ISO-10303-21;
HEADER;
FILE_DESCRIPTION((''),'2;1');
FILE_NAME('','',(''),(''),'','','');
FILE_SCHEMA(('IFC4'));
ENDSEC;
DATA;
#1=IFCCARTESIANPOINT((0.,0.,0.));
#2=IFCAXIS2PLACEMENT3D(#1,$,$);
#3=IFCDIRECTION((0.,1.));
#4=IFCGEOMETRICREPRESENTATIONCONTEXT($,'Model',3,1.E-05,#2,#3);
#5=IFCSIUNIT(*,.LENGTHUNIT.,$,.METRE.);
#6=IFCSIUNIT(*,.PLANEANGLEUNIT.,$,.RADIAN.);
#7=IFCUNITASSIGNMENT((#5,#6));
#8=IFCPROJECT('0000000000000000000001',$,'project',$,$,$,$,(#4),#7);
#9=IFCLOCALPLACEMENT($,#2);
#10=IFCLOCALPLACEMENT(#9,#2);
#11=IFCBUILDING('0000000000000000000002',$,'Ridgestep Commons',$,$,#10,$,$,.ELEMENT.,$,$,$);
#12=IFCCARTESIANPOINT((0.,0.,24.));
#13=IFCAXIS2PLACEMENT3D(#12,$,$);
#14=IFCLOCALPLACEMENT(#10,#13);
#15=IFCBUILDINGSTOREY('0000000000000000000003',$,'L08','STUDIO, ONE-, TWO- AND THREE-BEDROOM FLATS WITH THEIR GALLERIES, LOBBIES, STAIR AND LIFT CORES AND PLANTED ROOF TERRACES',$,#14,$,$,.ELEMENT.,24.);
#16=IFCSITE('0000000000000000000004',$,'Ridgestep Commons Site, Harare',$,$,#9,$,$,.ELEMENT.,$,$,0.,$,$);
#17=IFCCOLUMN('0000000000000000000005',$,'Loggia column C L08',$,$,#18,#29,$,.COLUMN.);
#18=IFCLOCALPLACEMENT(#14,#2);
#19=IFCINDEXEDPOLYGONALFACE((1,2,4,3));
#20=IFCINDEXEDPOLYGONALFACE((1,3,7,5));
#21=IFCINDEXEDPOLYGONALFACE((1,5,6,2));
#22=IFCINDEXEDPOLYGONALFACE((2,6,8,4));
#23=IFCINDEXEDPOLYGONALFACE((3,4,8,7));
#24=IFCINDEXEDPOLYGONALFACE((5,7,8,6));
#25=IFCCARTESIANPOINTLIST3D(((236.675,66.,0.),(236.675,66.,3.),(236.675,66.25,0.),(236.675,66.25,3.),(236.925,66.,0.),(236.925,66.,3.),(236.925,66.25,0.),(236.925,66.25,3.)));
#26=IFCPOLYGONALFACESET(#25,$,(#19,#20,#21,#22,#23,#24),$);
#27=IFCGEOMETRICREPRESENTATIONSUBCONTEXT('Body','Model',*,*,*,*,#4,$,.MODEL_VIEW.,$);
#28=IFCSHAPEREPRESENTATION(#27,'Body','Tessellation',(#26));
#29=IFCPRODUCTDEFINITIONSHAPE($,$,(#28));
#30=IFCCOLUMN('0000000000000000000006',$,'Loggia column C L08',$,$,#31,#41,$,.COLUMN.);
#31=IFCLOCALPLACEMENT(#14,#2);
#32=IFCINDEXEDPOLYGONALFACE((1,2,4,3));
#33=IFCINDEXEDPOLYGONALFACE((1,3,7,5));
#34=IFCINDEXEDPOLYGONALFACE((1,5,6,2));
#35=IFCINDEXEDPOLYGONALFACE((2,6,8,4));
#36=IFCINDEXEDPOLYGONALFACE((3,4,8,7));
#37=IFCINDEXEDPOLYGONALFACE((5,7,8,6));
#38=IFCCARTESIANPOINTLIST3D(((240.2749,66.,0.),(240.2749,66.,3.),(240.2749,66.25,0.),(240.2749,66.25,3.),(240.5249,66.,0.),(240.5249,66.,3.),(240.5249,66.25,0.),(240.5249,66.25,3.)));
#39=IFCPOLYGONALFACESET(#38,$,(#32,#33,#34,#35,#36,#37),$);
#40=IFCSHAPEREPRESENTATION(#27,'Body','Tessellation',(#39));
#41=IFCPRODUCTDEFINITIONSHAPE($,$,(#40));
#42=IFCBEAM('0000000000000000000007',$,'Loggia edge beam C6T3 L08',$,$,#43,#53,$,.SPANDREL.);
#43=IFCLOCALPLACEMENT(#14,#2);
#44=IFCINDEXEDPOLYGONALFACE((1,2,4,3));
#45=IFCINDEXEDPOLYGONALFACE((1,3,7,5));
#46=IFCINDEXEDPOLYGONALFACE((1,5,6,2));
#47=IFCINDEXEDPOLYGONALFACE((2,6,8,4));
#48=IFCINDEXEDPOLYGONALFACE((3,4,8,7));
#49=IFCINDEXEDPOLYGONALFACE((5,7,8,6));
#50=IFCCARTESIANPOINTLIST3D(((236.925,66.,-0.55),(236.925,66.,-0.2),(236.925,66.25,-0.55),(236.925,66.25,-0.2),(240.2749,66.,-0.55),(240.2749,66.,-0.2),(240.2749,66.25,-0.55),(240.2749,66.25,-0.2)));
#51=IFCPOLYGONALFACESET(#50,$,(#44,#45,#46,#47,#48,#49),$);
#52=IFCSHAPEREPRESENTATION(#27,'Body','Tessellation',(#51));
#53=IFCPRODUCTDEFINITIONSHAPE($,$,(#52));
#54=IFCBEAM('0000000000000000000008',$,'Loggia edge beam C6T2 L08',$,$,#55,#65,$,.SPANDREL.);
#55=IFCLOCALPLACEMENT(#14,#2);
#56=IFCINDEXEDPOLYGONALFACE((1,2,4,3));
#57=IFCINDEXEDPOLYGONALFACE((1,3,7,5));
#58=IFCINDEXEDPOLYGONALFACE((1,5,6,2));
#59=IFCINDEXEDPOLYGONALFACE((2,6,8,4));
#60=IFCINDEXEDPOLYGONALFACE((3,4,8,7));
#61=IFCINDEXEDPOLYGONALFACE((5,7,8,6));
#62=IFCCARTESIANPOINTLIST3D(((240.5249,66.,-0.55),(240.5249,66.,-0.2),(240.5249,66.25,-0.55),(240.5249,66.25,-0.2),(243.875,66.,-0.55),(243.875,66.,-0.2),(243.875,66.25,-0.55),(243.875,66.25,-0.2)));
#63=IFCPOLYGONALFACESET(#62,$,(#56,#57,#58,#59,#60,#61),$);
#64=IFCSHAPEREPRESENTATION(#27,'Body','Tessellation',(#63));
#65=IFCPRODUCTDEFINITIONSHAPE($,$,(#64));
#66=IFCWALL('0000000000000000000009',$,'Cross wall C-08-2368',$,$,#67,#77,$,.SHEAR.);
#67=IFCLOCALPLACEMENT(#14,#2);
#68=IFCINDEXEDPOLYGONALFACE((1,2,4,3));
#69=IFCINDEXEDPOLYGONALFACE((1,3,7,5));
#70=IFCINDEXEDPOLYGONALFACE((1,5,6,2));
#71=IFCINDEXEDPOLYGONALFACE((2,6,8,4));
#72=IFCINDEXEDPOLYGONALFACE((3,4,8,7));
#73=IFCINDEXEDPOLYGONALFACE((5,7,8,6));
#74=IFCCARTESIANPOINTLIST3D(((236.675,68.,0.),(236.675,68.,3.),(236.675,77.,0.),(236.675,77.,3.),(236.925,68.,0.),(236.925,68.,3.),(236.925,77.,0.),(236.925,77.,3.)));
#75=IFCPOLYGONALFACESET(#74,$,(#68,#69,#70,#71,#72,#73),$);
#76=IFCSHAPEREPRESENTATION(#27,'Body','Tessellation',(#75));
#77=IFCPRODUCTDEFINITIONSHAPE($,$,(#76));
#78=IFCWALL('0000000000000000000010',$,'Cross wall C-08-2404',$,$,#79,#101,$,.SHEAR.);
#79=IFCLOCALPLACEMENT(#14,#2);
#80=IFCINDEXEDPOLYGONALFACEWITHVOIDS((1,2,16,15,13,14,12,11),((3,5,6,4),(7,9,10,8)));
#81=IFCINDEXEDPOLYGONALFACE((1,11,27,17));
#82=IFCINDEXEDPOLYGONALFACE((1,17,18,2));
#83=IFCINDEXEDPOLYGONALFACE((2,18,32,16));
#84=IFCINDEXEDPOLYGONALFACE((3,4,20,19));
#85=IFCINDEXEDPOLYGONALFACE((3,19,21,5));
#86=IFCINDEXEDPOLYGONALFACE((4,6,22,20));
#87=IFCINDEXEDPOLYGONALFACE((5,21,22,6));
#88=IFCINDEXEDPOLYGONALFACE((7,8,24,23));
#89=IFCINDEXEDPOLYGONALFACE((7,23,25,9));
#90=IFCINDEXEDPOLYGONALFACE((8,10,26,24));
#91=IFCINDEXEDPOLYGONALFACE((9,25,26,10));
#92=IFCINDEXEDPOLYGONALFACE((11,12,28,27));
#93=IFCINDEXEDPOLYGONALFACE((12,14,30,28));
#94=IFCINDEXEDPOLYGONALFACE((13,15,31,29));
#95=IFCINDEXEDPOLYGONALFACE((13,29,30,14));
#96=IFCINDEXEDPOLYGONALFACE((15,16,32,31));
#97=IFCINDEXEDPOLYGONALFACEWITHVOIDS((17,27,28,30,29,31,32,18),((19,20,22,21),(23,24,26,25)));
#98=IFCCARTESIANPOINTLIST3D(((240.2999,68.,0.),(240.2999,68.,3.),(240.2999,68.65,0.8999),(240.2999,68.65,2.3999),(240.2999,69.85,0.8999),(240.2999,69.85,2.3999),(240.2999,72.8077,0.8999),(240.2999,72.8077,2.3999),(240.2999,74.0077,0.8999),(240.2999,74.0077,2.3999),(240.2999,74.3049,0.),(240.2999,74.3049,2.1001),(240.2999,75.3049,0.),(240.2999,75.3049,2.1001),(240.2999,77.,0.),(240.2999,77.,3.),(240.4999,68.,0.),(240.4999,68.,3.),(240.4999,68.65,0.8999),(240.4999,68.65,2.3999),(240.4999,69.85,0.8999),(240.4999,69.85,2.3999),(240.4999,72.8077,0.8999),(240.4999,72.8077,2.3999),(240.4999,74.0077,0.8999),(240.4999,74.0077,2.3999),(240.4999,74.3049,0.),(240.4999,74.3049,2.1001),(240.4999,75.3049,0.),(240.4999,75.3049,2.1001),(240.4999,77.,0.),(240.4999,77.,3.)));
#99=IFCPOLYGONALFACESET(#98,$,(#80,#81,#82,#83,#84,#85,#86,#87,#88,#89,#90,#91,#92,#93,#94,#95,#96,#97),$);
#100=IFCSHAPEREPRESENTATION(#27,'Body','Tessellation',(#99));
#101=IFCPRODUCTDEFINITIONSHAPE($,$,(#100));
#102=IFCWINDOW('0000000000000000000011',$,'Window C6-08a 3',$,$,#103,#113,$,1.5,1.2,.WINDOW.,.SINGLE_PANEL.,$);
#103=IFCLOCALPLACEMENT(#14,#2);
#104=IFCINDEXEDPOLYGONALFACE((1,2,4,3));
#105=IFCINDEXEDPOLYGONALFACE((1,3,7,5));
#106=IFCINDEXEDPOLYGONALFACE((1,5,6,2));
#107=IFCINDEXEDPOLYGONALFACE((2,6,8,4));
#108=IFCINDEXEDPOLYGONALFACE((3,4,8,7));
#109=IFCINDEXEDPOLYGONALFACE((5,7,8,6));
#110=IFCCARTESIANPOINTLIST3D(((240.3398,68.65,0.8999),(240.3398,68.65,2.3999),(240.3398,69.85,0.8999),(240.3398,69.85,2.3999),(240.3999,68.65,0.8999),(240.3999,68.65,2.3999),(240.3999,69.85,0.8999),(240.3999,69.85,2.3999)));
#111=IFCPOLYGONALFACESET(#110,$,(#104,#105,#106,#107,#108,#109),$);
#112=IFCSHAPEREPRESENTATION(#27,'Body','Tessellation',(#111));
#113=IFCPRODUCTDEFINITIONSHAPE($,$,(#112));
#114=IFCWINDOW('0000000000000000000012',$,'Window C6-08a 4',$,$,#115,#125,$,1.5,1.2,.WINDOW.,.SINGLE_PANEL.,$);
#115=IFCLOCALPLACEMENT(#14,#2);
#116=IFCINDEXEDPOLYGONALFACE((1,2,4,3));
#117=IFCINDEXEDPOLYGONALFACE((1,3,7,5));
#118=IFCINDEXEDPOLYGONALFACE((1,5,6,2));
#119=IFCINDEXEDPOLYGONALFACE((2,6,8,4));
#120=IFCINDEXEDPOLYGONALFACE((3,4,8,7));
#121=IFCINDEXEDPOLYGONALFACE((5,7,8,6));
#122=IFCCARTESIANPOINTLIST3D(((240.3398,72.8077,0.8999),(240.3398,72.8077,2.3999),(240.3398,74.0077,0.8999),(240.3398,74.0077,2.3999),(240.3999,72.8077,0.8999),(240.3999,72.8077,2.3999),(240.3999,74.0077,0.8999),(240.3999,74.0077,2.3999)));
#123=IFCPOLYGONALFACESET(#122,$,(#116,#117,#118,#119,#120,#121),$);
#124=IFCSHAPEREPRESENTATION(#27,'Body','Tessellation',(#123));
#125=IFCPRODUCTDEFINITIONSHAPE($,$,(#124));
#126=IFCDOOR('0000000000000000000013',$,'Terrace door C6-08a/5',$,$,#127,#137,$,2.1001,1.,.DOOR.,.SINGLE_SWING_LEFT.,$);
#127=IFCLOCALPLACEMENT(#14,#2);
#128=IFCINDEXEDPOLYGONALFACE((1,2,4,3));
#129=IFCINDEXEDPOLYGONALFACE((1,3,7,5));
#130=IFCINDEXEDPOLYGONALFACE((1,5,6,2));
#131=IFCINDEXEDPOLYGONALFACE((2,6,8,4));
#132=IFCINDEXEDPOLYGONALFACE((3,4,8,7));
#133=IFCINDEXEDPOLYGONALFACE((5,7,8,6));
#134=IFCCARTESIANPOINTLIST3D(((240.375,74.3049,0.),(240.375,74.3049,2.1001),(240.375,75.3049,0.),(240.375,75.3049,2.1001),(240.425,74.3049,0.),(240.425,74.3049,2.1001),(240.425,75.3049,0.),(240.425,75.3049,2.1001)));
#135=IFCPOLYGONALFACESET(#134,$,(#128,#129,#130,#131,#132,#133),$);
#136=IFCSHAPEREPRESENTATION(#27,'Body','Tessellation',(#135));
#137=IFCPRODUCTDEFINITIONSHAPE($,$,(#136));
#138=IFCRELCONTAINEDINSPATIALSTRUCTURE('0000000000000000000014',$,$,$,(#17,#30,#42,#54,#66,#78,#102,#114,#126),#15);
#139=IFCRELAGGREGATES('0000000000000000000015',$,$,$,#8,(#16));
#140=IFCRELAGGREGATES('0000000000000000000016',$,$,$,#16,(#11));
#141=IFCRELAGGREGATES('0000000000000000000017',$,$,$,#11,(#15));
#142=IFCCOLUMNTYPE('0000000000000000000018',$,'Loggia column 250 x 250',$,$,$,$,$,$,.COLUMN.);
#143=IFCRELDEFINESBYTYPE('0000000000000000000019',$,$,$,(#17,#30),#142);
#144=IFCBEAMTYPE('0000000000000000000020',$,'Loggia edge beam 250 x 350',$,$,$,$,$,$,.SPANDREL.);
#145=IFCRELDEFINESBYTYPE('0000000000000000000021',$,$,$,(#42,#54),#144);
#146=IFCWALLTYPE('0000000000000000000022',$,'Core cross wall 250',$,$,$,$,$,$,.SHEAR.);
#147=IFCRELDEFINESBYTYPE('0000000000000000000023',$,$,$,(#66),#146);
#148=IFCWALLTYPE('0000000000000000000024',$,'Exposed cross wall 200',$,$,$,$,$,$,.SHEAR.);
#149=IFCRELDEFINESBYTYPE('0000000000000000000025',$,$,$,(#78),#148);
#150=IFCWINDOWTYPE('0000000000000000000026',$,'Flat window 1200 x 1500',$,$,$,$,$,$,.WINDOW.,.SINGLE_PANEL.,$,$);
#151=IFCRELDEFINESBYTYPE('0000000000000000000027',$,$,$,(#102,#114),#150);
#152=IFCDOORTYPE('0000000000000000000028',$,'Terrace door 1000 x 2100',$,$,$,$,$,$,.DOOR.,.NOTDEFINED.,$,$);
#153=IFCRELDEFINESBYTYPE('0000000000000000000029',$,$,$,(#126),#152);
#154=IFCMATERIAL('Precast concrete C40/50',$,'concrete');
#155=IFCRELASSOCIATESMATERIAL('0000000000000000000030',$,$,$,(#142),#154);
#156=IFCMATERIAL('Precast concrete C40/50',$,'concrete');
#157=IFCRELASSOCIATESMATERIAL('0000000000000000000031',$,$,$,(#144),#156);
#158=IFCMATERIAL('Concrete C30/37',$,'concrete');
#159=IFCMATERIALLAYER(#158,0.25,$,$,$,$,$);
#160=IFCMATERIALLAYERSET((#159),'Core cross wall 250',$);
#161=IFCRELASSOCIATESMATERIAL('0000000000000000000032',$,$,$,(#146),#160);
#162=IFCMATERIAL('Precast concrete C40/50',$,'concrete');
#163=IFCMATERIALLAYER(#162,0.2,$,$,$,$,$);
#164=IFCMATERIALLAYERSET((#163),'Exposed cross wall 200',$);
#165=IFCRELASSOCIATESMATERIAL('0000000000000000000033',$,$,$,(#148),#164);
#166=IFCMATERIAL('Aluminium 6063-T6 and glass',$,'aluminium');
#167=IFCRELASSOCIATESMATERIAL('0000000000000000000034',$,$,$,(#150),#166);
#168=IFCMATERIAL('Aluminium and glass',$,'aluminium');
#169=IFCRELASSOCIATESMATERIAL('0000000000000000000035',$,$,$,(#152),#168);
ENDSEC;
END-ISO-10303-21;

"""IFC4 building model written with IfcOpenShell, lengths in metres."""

from ifc_helpers import new_model, si_unit, direction, frame, frame_2d, origin, origin_2d, place, context, subcontext, project, spatial, rectangle, extrude, material, layer, layer_set, material_profile, profile_set, type_object, element, fill, save


model = new_model("IFC4")

# Units and contexts
model_context = context("Model", 3, precision=1e-05, world=origin(), true_north=direction((0.0, 1.0)))
body_context = subcontext(model_context, "Body", "Model", "MODEL_VIEW")
ifc_project = project(units=[si_unit("LENGTHUNIT", "METRE"), si_unit("PLANEANGLEUNIT", "RADIAN")], contexts=[model_context])

# Site, building, storey
site_placement = place(None, origin())
site = spatial("IfcSite", under=ifc_project, at=site_placement, Name="Ridgestep Commons Site, Harare", CompositionType="ELEMENT", RefElevation=0.0)
building_placement = place(site_placement, origin())
building = spatial("IfcBuilding", under=site, at=building_placement, Name="Ridgestep Commons", CompositionType="ELEMENT")
storey_placement = place(building_placement, frame((0.0, 0.0, 24.0)))
storey = spatial("IfcBuildingStorey", under=building, at=storey_placement, Name="L08", Description="STUDIO, ONE-, TWO- AND THREE-BEDROOM FLATS WITH THEIR GALLERIES, LOBBIES, STAIR AND LIFT CORES AND PLANTED ROOF TERRACES", CompositionType="ELEMENT", Elevation=24.0)

# Columns
ifc_material_1 = material(Name="Precast concrete C40/50", Category="concrete")
ifc_material_profile_1 = material_profile(ifc_material_1, rectangle(XDim=0.25, YDim=0.25, at=origin_2d()), Name="PC 250x250")
ifc_profile_set_1 = profile_set([ifc_material_profile_1], Name="Precast concrete C40/50")
column_type = type_object("IfcColumnType", Name="Loggia column 250 x 250", PredefinedType="COLUMN", material=ifc_profile_set_1)
for number, where, z_axis, x_axis, name in (
    (1, (236.8, 66.125, 0.0), (0.0, 0.0, 1.0), (1.0, 0.0, 0.0), "Loggia column C L08"),
    (2, (240.3999, 66.125, 0.0), (0.0, 0.0, 1.0), (1.0, 0.0, 0.0), "Loggia column C L08"),
):
    element("IfcColumn", number, at=place(storey_placement, frame(where, z_axis=z_axis, x_axis=x_axis)), inside=storey, type_object=column_type, Name=name, PredefinedType="COLUMN", context=body_context, shape_type="SweptSolid", body=[
        extrude(rectangle(XDim=0.25, YDim=0.25, at=origin_2d()), origin(), (0.0, 0.0, 1.0), 3.0),
    ])

# Beams
ifc_material_2 = material(Name="Precast concrete C40/50", Category="concrete")
ifc_material_profile_2 = material_profile(ifc_material_2, rectangle(XDim=0.25, YDim=0.3501, at=origin_2d()), Name="PC 250x350")
ifc_profile_set_2 = profile_set([ifc_material_profile_2], Name="Precast concrete C40/50")
beam_type = type_object("IfcBeamType", Name="Loggia edge beam 250 x 350", PredefinedType="SPANDREL", material=ifc_profile_set_2)
beam_1_placement = place(storey_placement, frame((236.925, 66.125, -0.375), z_axis=(1.0, 0.0, 0.0), x_axis=(0.0, 1.0, 0.0)))
element("IfcBeam", 3, at=beam_1_placement, inside=storey, type_object=beam_type, Name="Loggia edge beam C6T3 L08", PredefinedType="SPANDREL", context=body_context, shape_type="SweptSolid", body=[
    extrude(rectangle(XDim=0.25, YDim=0.3501, at=origin_2d()), origin(), (0.0, 0.0, 1.0), 3.3499),
])
beam_2_placement = place(storey_placement, frame((240.5249, 66.125, -0.375), z_axis=(1.0, 0.0, 0.0), x_axis=(0.0, 1.0, 0.0)))
element("IfcBeam", 4, at=beam_2_placement, inside=storey, type_object=beam_type, Name="Loggia edge beam C6T2 L08", PredefinedType="SPANDREL", context=body_context, shape_type="SweptSolid", body=[
    extrude(rectangle(XDim=0.25, YDim=0.3501, at=origin_2d()), origin(), (0.0, 0.0, 1.0), 3.3501),
])

# Wall
ifc_material_3 = material(Name="Concrete C30/37", Category="concrete")
ifc_layer_1 = layer(ifc_material_3, 0.25)
ifc_layer_set_1 = layer_set([ifc_layer_1], Name="Core cross wall 250")
wall_type_1 = type_object("IfcWallType", Name="Core cross wall 250", PredefinedType="SHEAR", material=ifc_layer_set_1)
wall_1_placement = place(storey_placement, frame((236.8, 68.0, 0.0), z_axis=(0.0, 0.0, 1.0), x_axis=(0.0, 1.0, 0.0)))
element("IfcWall", 5, at=wall_1_placement, inside=storey, type_object=wall_type_1, Name="Cross wall C-08-2368", PredefinedType="SHEAR", context=body_context, shape_type="SweptSolid", body=[
    extrude(rectangle(XDim=9.0, YDim=0.25, at=frame_2d((4.5, 0.0))), origin(), (0.0, 0.0, 1.0), 3.0),
])

# Wall, openings, windows, door
ifc_material_4 = material(Name="Precast concrete C40/50", Category="concrete")
ifc_layer_2 = layer(ifc_material_4, 0.2)
ifc_layer_set_2 = layer_set([ifc_layer_2], Name="Exposed cross wall 200")
wall_type_2 = type_object("IfcWallType", Name="Exposed cross wall 200", PredefinedType="SHEAR", material=ifc_layer_set_2)
wall_2_placement = place(storey_placement, frame((240.3999, 68.0, 0.0), z_axis=(0.0, 0.0, 1.0), x_axis=(0.0, 1.0, 0.0)))
wall_2 = element("IfcWall", 6, at=wall_2_placement, inside=storey, type_object=wall_type_2, Name="Cross wall C-08-2404", PredefinedType="SHEAR", context=body_context, shape_type="SweptSolid", body=[
    extrude(rectangle(XDim=9.0, YDim=0.2, at=frame_2d((4.5, 0.0))), origin(), (0.0, 0.0, 1.0), 3.0),
])
opening_1_placement = place(wall_2_placement, frame((0.6499, 0.0, 0.8999)))
opening_1 = element("IfcOpeningElement", 7, at=opening_1_placement, cuts=wall_2, PredefinedType="OPENING", context=body_context, shape_type="SweptSolid", body=[
    extrude(rectangle(XDim=1.2, YDim=1.5, at=frame_2d((0.6001, 0.75))), frame((0.0, 0.1099, 0.0), z_axis=(0.0, -1.0, 0.0), x_axis=(1.0, 0.0, 0.0)), (0.0, 0.0, 1.0), 0.22),
])
opening_2_placement = place(wall_2_placement, frame((4.8076, 0.0, 0.8999)))
opening_2 = element("IfcOpeningElement", 8, at=opening_2_placement, cuts=wall_2, PredefinedType="OPENING", context=body_context, shape_type="SweptSolid", body=[
    extrude(rectangle(XDim=1.2, YDim=1.5, at=frame_2d((0.6001, 0.75))), frame((0.0, 0.1099, 0.0), z_axis=(0.0, -1.0, 0.0), x_axis=(1.0, 0.0, 0.0)), (0.0, 0.0, 1.0), 0.22),
])
opening_3_placement = place(wall_2_placement, frame((6.3049, 0.0, 0.0)))
opening_3 = element("IfcOpeningElement", 9, at=opening_3_placement, cuts=wall_2, PredefinedType="OPENING", context=body_context, shape_type="SweptSolid", body=[
    extrude(rectangle(XDim=1.0, YDim=2.1001, at=frame_2d((0.5, 1.05))), frame((0.0, 0.1099, 0.0), z_axis=(0.0, -1.0, 0.0), x_axis=(1.0, 0.0, 0.0)), (0.0, 0.0, 1.0), 0.22),
])
ifc_material_5 = material(Name="Aluminium 6063-T6 and glass", Category="aluminium")
window_type_1 = type_object("IfcWindowType", Name="Flat window 1200 x 1500", PartitioningType="SINGLE_PANEL", PredefinedType="WINDOW", material=ifc_material_5)
window_1_placement = place(opening_1_placement, origin())
window_1 = element("IfcWindow", 10, at=window_1_placement, inside=storey, type_object=window_type_1, Name="Window C6-08a 3", OverallHeight=1.5, OverallWidth=1.2, PartitioningType="SINGLE_PANEL", PredefinedType="WINDOW", context=body_context, shape_type="SweptSolid", body=[
    extrude(rectangle(XDim=1.2, YDim=1.5, at=frame_2d((0.6001, 0.75))), frame((0.0, 0.0601, 0.0), z_axis=(0.0, -1.0, 0.0), x_axis=(1.0, 0.0, 0.0)), (0.0, 0.0, 1.0), 0.0601),
])
fill(opening_1, window_1)
window_2_placement = place(opening_2_placement, origin())
window_2 = element("IfcWindow", 11, at=window_2_placement, inside=storey, type_object=window_type_1, Name="Window C6-08a 4", OverallHeight=1.5, OverallWidth=1.2, PartitioningType="SINGLE_PANEL", PredefinedType="WINDOW", context=body_context, shape_type="SweptSolid", body=[
    extrude(rectangle(XDim=1.2, YDim=1.5, at=frame_2d((0.6001, 0.75))), frame((0.0, 0.0601, 0.0), z_axis=(0.0, -1.0, 0.0), x_axis=(1.0, 0.0, 0.0)), (0.0, 0.0, 1.0), 0.0601),
])
fill(opening_2, window_2)
ifc_material_6 = material(Name="Aluminium and glass", Category="aluminium")
door_type_1 = type_object("IfcDoorType", Name="Terrace door 1000 x 2100", OperationType="NOTDEFINED", PredefinedType="DOOR", material=ifc_material_6)
door_1_placement = place(opening_3_placement, origin())
door_1 = element("IfcDoor", 12, at=door_1_placement, inside=storey, type_object=door_type_1, Name="Terrace door C6-08a/5", OperationType="SINGLE_SWING_LEFT", OverallHeight=2.1001, OverallWidth=1.0, PredefinedType="DOOR", context=body_context, shape_type="SweptSolid", body=[
    extrude(rectangle(XDim=1.0, YDim=2.1001, at=frame_2d((0.5, 1.05))), frame((0.0, 0.0249, 0.0), z_axis=(0.0, -1.0, 0.0), x_axis=(1.0, 0.0, 0.0)), (0.0, 0.0, 1.0), 0.05),
])
fill(opening_3, door_1)

save(model, "model.ifc")
